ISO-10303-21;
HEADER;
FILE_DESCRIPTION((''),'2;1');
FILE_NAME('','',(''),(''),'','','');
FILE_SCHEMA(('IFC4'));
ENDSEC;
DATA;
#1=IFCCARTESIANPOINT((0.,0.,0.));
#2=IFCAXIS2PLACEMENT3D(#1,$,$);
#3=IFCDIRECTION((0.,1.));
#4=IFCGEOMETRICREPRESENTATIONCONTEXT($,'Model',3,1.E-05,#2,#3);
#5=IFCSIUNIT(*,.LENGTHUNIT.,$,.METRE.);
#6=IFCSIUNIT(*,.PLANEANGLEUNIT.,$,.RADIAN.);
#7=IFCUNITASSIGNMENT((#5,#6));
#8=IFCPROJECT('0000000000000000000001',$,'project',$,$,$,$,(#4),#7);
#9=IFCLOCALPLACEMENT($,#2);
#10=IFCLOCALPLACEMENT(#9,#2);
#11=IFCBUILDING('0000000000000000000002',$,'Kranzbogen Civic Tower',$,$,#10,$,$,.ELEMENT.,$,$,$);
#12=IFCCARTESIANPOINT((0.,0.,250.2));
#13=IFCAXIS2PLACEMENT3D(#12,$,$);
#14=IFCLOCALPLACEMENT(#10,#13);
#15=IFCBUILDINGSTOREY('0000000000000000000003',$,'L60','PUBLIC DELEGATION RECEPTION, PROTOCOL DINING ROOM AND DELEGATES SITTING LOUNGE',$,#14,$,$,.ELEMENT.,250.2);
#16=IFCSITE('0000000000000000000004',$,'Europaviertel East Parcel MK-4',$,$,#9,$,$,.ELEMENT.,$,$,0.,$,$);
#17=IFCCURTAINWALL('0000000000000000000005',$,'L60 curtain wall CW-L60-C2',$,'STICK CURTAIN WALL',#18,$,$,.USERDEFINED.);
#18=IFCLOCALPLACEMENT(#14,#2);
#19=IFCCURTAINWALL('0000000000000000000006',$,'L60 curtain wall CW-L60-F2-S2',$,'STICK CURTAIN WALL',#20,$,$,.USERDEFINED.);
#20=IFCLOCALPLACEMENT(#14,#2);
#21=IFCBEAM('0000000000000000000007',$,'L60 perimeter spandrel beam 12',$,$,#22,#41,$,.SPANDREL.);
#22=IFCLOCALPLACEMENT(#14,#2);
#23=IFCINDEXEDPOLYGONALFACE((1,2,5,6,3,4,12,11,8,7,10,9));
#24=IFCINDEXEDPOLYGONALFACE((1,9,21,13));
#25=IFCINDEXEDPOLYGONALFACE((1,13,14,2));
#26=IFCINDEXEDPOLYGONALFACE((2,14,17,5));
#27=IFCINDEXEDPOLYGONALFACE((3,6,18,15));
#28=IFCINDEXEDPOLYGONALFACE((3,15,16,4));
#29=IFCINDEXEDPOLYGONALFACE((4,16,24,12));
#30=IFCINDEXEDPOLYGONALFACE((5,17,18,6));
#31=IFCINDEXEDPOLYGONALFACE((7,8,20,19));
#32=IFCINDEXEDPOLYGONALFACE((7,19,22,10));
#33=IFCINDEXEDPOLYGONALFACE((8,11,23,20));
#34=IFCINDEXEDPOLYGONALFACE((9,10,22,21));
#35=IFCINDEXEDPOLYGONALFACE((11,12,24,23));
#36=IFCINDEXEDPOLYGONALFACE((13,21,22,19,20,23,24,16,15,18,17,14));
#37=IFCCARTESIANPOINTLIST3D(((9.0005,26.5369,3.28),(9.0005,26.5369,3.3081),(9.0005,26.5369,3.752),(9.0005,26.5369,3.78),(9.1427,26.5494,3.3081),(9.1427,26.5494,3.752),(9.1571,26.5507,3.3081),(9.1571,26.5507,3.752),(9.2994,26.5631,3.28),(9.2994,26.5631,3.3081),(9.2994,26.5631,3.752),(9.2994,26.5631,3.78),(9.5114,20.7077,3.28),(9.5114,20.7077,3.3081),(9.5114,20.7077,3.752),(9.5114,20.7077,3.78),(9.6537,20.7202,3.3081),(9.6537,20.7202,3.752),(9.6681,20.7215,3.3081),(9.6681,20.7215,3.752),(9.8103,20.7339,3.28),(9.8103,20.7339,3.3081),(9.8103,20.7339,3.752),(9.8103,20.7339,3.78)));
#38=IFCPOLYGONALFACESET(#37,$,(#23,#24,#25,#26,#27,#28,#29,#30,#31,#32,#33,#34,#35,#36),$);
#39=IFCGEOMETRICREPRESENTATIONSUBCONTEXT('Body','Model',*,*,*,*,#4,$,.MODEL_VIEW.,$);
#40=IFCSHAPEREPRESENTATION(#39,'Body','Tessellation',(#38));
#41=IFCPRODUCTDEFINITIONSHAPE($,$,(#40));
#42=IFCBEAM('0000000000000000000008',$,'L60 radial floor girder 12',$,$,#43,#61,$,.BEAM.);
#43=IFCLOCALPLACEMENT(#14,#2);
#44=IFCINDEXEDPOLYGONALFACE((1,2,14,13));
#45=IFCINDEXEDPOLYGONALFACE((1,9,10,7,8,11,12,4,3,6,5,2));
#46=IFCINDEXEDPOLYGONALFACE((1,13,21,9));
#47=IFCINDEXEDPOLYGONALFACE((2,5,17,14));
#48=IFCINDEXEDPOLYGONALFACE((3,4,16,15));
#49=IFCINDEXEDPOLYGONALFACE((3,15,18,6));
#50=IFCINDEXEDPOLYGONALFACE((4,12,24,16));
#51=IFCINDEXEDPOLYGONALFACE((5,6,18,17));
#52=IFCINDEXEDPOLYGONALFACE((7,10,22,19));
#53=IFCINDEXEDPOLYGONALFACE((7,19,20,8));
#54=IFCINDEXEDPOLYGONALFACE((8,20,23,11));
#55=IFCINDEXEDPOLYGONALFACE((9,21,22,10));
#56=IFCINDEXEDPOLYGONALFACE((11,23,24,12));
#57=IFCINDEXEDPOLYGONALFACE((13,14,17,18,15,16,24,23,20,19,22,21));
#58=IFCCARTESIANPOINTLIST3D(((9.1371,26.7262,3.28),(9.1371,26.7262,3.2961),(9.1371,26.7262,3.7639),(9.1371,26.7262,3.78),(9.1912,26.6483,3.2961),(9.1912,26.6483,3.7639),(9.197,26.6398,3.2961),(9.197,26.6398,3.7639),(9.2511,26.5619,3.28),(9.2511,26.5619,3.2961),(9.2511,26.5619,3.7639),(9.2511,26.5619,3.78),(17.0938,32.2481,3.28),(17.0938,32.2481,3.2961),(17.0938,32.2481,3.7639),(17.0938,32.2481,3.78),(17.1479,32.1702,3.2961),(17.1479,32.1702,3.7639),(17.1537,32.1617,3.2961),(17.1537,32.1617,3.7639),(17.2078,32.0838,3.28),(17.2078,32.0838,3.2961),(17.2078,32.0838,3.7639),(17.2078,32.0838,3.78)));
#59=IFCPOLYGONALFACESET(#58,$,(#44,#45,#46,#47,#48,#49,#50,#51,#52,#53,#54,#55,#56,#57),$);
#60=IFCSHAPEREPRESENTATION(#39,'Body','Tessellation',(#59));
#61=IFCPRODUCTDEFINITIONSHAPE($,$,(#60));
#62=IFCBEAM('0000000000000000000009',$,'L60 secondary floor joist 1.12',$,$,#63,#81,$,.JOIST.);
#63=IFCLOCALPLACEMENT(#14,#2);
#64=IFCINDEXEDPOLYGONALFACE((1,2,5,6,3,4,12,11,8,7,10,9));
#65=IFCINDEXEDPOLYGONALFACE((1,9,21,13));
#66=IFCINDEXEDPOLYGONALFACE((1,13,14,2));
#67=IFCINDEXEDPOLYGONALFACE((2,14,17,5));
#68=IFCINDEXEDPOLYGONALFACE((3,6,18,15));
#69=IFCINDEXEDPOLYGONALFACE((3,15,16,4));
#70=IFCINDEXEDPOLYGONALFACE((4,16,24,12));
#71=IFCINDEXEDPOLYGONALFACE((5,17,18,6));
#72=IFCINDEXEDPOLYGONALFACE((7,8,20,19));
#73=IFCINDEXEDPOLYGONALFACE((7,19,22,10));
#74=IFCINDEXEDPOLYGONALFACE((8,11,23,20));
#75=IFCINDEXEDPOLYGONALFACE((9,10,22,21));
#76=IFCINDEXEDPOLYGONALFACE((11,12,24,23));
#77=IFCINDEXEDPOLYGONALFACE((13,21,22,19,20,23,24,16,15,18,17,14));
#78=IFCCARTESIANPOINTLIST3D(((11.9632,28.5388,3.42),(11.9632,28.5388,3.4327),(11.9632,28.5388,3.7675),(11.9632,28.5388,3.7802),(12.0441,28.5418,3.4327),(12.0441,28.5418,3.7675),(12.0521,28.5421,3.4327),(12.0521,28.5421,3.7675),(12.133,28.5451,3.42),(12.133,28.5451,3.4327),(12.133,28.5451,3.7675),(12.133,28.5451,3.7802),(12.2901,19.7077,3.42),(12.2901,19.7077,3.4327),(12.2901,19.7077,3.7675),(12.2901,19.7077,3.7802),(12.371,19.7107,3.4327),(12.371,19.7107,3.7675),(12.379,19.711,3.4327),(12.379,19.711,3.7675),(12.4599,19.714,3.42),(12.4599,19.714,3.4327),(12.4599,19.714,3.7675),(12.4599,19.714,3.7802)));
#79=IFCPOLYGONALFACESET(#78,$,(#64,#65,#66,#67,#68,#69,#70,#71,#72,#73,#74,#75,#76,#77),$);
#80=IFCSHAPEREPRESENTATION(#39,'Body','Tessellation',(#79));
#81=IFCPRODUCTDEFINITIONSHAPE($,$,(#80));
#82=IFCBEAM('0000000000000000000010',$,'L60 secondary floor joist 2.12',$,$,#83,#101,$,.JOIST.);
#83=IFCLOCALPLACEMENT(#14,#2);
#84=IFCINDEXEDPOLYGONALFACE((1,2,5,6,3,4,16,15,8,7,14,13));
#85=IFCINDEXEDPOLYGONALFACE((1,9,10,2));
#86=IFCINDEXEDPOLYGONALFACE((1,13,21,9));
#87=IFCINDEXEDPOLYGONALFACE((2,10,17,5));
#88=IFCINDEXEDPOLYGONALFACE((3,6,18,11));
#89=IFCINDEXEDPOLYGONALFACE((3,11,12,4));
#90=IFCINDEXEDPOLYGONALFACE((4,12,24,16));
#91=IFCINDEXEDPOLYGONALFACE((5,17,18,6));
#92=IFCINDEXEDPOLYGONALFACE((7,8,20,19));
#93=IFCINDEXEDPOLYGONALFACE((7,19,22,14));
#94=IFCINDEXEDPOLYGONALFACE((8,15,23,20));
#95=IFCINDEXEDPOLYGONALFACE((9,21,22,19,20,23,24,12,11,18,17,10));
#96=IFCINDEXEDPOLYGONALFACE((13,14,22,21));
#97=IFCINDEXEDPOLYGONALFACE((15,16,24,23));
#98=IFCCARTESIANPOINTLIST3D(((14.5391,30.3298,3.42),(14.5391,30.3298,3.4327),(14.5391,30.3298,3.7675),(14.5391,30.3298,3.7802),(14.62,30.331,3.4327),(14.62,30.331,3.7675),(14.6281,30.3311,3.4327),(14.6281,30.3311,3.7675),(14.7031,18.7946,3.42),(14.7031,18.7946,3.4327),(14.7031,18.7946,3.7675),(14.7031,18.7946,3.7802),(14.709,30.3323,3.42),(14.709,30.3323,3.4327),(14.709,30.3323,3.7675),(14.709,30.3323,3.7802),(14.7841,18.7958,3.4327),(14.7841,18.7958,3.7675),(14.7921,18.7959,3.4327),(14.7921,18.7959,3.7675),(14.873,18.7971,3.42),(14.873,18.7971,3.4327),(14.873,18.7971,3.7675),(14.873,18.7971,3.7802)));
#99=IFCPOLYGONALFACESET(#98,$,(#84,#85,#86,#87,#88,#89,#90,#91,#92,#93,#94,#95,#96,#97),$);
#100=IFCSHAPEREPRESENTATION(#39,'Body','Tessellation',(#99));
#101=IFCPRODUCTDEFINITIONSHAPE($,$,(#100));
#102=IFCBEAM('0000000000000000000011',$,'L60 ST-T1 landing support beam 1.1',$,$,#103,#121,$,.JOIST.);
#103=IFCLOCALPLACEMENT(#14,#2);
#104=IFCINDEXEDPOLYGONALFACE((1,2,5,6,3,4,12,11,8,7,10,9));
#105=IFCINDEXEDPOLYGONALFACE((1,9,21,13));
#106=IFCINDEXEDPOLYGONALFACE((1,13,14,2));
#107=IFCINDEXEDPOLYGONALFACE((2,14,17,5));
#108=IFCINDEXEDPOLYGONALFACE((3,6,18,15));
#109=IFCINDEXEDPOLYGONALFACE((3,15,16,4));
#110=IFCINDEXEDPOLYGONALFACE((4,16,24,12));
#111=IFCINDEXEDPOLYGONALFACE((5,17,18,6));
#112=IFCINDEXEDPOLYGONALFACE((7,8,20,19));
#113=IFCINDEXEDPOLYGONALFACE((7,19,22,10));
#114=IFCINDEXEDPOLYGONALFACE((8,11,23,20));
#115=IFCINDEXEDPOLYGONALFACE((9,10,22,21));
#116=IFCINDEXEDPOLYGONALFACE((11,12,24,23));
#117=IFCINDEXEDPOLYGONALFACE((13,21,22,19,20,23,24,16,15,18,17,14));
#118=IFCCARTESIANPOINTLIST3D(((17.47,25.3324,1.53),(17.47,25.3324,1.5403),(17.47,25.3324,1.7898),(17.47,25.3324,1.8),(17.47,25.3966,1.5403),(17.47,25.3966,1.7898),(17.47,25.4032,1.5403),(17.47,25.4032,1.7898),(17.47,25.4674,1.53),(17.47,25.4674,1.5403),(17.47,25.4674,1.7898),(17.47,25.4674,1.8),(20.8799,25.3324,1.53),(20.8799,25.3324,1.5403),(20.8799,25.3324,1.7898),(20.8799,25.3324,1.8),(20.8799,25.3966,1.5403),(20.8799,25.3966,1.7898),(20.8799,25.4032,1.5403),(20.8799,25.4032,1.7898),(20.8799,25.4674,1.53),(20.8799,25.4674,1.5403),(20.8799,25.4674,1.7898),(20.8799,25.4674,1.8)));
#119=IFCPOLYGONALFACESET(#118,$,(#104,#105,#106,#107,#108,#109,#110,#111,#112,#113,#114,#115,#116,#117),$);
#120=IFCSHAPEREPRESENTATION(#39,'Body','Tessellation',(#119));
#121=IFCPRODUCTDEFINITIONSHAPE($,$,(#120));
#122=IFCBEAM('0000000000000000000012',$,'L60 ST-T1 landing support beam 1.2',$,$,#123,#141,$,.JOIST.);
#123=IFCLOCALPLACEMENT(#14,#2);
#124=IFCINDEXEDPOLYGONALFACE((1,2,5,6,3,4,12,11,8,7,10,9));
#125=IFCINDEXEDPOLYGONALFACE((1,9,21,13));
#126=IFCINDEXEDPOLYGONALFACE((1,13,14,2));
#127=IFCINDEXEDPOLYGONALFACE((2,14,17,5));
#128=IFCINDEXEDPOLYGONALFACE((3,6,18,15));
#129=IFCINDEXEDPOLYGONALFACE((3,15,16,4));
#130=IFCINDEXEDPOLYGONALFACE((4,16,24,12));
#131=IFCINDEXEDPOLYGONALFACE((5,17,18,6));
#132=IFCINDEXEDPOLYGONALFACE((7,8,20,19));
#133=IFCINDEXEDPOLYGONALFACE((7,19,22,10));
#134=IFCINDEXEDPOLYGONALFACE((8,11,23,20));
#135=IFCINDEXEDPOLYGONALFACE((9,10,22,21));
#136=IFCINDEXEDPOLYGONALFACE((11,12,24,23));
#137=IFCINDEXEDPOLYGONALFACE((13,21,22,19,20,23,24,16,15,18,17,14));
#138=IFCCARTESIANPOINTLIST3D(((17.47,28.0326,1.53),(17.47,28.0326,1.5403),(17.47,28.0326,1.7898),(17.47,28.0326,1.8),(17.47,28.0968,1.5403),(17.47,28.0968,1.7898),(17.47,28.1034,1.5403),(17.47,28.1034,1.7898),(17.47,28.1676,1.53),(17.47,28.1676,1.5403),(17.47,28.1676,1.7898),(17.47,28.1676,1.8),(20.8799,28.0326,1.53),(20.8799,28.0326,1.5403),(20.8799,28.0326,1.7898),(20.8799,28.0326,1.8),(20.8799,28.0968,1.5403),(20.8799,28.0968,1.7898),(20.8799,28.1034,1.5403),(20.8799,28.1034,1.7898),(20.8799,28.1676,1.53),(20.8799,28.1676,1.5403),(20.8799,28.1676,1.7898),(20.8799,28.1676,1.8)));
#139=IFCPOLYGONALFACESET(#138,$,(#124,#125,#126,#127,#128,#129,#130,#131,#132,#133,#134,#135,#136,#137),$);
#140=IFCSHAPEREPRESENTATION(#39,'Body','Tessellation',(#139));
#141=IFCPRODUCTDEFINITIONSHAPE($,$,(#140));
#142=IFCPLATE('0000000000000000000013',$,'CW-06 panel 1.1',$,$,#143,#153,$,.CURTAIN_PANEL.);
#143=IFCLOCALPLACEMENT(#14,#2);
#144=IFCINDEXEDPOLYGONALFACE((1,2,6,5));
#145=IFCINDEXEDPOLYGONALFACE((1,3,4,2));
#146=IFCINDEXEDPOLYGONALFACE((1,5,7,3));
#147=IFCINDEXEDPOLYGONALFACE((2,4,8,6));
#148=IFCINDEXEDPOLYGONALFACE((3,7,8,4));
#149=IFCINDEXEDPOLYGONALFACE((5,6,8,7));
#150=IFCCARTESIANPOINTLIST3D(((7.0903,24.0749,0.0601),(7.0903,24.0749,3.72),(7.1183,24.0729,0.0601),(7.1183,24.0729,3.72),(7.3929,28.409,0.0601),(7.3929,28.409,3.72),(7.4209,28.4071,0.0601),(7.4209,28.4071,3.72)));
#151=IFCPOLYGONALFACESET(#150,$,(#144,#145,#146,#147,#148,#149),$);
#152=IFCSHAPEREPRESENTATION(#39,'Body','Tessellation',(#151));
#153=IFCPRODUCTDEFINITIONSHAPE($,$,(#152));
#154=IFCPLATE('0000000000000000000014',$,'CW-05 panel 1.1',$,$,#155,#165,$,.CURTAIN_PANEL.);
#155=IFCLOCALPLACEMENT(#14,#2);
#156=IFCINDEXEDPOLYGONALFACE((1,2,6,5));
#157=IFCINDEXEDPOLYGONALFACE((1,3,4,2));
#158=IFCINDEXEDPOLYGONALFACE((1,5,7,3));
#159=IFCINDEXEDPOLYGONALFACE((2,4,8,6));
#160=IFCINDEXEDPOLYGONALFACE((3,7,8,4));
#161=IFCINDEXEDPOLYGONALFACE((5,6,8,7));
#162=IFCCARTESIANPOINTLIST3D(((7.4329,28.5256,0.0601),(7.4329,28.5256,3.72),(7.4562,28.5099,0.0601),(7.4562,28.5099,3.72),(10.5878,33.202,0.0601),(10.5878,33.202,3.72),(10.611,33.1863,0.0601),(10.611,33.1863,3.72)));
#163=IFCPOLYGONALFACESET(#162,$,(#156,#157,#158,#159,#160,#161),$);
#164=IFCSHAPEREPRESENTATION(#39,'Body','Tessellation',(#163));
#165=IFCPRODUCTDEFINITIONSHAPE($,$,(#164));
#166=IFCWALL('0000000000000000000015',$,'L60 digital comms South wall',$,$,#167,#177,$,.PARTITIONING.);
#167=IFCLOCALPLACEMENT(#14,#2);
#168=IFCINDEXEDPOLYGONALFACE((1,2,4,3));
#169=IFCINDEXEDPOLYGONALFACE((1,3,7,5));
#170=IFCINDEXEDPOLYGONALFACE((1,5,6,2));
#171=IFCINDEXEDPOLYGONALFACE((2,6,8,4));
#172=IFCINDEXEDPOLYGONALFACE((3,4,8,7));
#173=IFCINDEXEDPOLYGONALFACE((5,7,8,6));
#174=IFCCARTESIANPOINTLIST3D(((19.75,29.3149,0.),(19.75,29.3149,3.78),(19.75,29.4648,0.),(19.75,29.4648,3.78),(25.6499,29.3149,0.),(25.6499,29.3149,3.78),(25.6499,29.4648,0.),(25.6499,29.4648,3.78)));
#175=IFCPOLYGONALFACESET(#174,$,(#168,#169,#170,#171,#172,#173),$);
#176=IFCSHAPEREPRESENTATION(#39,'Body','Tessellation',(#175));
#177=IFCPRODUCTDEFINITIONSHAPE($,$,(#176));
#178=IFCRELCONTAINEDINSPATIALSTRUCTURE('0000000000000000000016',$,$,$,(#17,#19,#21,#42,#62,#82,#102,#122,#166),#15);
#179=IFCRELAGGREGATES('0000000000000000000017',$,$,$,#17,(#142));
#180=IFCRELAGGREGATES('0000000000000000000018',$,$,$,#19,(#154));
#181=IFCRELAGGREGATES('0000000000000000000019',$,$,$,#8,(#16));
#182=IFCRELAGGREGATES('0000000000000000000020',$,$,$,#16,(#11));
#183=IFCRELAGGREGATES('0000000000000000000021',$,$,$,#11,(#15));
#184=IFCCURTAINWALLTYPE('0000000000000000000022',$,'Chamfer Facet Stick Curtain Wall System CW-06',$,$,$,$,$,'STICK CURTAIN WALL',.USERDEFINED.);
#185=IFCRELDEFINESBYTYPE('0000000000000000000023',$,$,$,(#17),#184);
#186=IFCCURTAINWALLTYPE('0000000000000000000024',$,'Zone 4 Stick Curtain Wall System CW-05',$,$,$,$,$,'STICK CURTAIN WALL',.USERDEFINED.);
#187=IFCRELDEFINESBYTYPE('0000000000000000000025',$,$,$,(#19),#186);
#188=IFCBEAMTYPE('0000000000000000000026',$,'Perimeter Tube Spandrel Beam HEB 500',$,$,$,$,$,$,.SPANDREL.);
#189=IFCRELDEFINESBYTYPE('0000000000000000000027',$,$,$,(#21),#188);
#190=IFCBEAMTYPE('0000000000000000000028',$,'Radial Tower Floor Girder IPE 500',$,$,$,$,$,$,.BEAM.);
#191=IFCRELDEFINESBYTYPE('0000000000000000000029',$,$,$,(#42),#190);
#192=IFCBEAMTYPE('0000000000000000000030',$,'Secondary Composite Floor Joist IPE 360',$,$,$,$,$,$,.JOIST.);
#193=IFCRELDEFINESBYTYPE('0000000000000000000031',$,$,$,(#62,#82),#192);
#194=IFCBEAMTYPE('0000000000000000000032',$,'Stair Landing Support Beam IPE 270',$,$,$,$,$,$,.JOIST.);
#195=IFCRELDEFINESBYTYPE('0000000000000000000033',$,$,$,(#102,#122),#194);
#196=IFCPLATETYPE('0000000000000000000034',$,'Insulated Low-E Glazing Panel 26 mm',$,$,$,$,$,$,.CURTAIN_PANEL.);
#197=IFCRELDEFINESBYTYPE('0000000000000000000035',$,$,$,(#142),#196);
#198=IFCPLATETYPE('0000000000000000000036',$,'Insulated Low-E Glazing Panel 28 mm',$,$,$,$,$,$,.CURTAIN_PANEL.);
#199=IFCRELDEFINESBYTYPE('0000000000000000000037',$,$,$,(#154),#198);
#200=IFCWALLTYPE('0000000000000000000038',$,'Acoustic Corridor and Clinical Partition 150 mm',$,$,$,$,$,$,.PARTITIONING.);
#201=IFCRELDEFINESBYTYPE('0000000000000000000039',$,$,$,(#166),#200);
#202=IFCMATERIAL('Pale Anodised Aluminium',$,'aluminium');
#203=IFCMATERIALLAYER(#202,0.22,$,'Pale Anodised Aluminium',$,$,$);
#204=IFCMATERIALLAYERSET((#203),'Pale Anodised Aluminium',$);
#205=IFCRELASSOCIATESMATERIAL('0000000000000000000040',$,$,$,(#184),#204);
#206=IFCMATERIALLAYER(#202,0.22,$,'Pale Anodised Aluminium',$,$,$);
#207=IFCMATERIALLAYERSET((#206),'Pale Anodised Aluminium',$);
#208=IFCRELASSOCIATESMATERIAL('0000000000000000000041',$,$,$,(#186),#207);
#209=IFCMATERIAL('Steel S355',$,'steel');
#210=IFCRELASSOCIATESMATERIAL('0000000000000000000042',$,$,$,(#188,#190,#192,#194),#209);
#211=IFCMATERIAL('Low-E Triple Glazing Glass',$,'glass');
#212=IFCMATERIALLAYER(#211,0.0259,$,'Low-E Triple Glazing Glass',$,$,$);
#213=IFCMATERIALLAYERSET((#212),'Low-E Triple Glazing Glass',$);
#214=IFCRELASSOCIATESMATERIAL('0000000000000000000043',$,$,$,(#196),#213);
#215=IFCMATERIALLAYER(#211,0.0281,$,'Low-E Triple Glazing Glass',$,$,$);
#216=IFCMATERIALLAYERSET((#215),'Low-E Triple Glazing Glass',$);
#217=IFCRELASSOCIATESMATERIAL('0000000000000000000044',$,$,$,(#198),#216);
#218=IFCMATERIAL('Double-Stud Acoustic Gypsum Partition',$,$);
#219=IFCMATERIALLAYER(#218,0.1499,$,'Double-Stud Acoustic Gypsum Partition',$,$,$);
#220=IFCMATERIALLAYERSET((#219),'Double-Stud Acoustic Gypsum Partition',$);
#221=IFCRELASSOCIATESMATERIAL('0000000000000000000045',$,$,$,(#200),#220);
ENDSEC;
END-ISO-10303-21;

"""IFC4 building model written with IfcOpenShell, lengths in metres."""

from ifc_helpers import new_model, si_unit, direction, frame, frame_2d, origin, origin_2d, place, context, subcontext, project, spatial, rectangle, i_section, extrude, material, layer, layer_set, material_profile, profile_set, type_object, element, aggregate, save


model = new_model("IFC4")

# Units and contexts
model_context = context("Model", 3, precision=1e-05, world=origin(), true_north=direction((0.0, 1.0)))
body_context = subcontext(model_context, "Body", "Model", "MODEL_VIEW")
ifc_project = project(units=[si_unit("LENGTHUNIT", "METRE"), si_unit("PLANEANGLEUNIT", "RADIAN")], contexts=[model_context])

# Site, building, storey
site_placement = place(None, origin())
site = spatial("IfcSite", under=ifc_project, at=site_placement, Name="Europaviertel East Parcel MK-4", CompositionType="ELEMENT", RefElevation=0.0)
building_placement = place(site_placement, origin())
building = spatial("IfcBuilding", under=site, at=building_placement, Name="Kranzbogen Civic Tower", CompositionType="ELEMENT")
storey_placement = place(building_placement, frame((0.0, 0.0, 250.2)))
storey = spatial("IfcBuildingStorey", under=building, at=storey_placement, Name="L60", Description="PUBLIC DELEGATION RECEPTION, PROTOCOL DINING ROOM AND DELEGATES SITTING LOUNGE", CompositionType="ELEMENT", Elevation=250.2)

# Shared definitions
ifc_material_1 = material(Name="Steel S355", Category="steel")

# Curtain wall
ifc_material_2 = material(Name="Pale Anodised Aluminium", Category="aluminium")
ifc_layer_1 = layer(ifc_material_2, 0.22, Name="Pale Anodised Aluminium")
ifc_layer_set_1 = layer_set([ifc_layer_1], Name="Pale Anodised Aluminium")
curtain_wall_type_1 = type_object("IfcCurtainWallType", Name="Chamfer Facet Stick Curtain Wall System CW-06", ElementType="STICK CURTAIN WALL", PredefinedType="USERDEFINED", material=ifc_layer_set_1)
curtain_wall_1_placement = place(storey_placement, origin())
curtain_wall_1 = element("IfcCurtainWall", 1, at=curtain_wall_1_placement, inside=storey, type_object=curtain_wall_type_1, Name="L60 curtain wall CW-L60-C2", ObjectType="STICK CURTAIN WALL", PredefinedType="USERDEFINED")

# Curtain wall
ifc_layer_2 = layer(ifc_material_2, 0.22, Name="Pale Anodised Aluminium")
ifc_layer_set_2 = layer_set([ifc_layer_2], Name="Pale Anodised Aluminium")
curtain_wall_type_2 = type_object("IfcCurtainWallType", Name="Zone 4 Stick Curtain Wall System CW-05", ElementType="STICK CURTAIN WALL", PredefinedType="USERDEFINED", material=ifc_layer_set_2)
curtain_wall_2_placement = place(storey_placement, origin())
curtain_wall_2 = element("IfcCurtainWall", 2, at=curtain_wall_2_placement, inside=storey, type_object=curtain_wall_type_2, Name="L60 curtain wall CW-L60-F2-S2", ObjectType="STICK CURTAIN WALL", PredefinedType="USERDEFINED")

# Beams
ifc_material_profile_1 = material_profile(ifc_material_1, i_section(OverallWidth=0.3, OverallDepth=0.5, WebThickness=0.0144, FlangeThickness=0.0281, at=origin_2d()), Name="HEB 500")
ifc_profile_set_1 = profile_set([ifc_material_profile_1], Name="Steel S355")
beam_type_1 = type_object("IfcBeamType", Name="Perimeter Tube Spandrel Beam HEB 500", PredefinedType="SPANDREL", material=ifc_profile_set_1)
beam_1_placement = place(storey_placement, frame((9.1499, 26.55, 3.53), z_axis=(0.087326, -0.99618, 0.0), x_axis=(0.99618, 0.087326, 0.0)))
element("IfcBeam", 3, at=beam_1_placement, inside=storey, type_object=beam_type_1, Name="L60 perimeter spandrel beam 12", PredefinedType="SPANDREL", context=body_context, shape_type="SweptSolid", body=[
    extrude(i_section(OverallWidth=0.3, OverallDepth=0.5, WebThickness=0.0144, FlangeThickness=0.0281, at=origin_2d()), origin(), (0.0, 0.0, 1.0), 5.8516),
])
ifc_material_profile_2 = material_profile(ifc_material_1, i_section(OverallWidth=0.2, OverallDepth=0.5, WebThickness=0.0103, FlangeThickness=0.0161, at=origin_2d()), Name="IPE 500")
ifc_profile_set_2 = profile_set([ifc_material_profile_2], Name="Steel S355")
beam_type_2 = type_object("IfcBeamType", Name="Radial Tower Floor Girder IPE 500", PredefinedType="BEAM", material=ifc_profile_set_2)
beam_2_placement = place(storey_placement, frame((9.1941, 26.644, 3.53), z_axis=(0.821543, 0.570147, 0.0), x_axis=(-0.570147, 0.821543, 0.0)))
element("IfcBeam", 4, at=beam_2_placement, inside=storey, type_object=beam_type_2, Name="L60 radial floor girder 12", PredefinedType="BEAM", context=body_context, shape_type="SweptSolid", body=[
    extrude(i_section(OverallWidth=0.2, OverallDepth=0.5, WebThickness=0.0103, FlangeThickness=0.0161, at=origin_2d()), origin(), (0.0, 0.0, 1.0), 9.6851),
])
ifc_material_profile_3 = material_profile(ifc_material_1, i_section(OverallWidth=0.1699, OverallDepth=0.3601, WebThickness=0.0081, FlangeThickness=0.0127, at=origin_2d()), Name="IPE 360")
ifc_profile_set_3 = profile_set([ifc_material_profile_3], Name="Steel S355")
beam_type_3 = type_object("IfcBeamType", Name="Secondary Composite Floor Joist IPE 360", PredefinedType="JOIST", material=ifc_profile_set_3)
beam_3_placement = place(storey_placement, frame((12.0481, 28.542, 3.6001), z_axis=(0.036992, -0.999316, 0.0), x_axis=(0.999316, 0.036992, 0.0)))
element("IfcBeam", 5, at=beam_3_placement, inside=storey, type_object=beam_type_3, Name="L60 secondary floor joist 1.12", PredefinedType="JOIST", context=body_context, shape_type="SweptSolid", body=[
    extrude(i_section(OverallWidth=0.1699, OverallDepth=0.3601, WebThickness=0.0081, FlangeThickness=0.0127, at=origin_2d()), origin(), (0.0, 0.0, 1.0), 8.8372),
])
beam_4_placement = place(storey_placement, frame((14.624, 30.3311, 3.6001), z_axis=(0.014221, -0.999899, 0.0), x_axis=(0.999899, 0.014221, 0.0)))
element("IfcBeam", 6, at=beam_4_placement, inside=storey, type_object=beam_type_3, Name="L60 secondary floor joist 2.12", PredefinedType="JOIST", context=body_context, shape_type="SweptSolid", body=[
    extrude(i_section(OverallWidth=0.1699, OverallDepth=0.3601, WebThickness=0.0081, FlangeThickness=0.0127, at=origin_2d()), origin(), (0.0, 0.0, 1.0), 11.5364),
])
ifc_material_profile_4 = material_profile(ifc_material_1, i_section(OverallWidth=0.135, OverallDepth=0.27, WebThickness=0.0066, FlangeThickness=0.0103, at=origin_2d()), Name="IPE 270")
ifc_profile_set_4 = profile_set([ifc_material_profile_4], Name="Steel S355")
beam_type_4 = type_object("IfcBeamType", Name="Stair Landing Support Beam IPE 270", PredefinedType="JOIST", material=ifc_profile_set_4)
for number, where, z_axis, x_axis, name in (
    (7, (20.8799, 25.3999, 1.665), (-1.0, 0.0, 0.0), (0.0, -1.0, 0.0), "L60 ST-T1 landing support beam 1.1"),
    (8, (20.8799, 28.1001, 1.665), (-1.0, 0.0, 0.0), (0.0, -1.0, 0.0), "L60 ST-T1 landing support beam 1.2"),
):
    element("IfcBeam", number, at=place(storey_placement, frame(where, z_axis=z_axis, x_axis=x_axis)), inside=storey, type_object=beam_type_4, Name=name, PredefinedType="JOIST", context=body_context, shape_type="SweptSolid", body=[
        extrude(i_section(OverallWidth=0.135, OverallDepth=0.27, WebThickness=0.0066, FlangeThickness=0.0103, at=origin_2d()), origin(), (0.0, 0.0, 1.0), 3.4099),
    ])

# Plates
ifc_material_3 = material(Name="Low-E Triple Glazing Glass", Category="glass")
ifc_layer_3 = layer(ifc_material_3, 0.0259, Name="Low-E Triple Glazing Glass")
ifc_layer_set_3 = layer_set([ifc_layer_3], Name="Low-E Triple Glazing Glass")
plate_type_1 = type_object("IfcPlateType", Name="Insulated Low-E Glazing Panel 26 mm", PredefinedType="CURTAIN_PANEL", material=ifc_layer_set_3)
plate_1_placement = place(storey_placement, frame((7.2556, 26.241, 0.0601), z_axis=(0.0, 0.0, 1.0), x_axis=(-0.069655, -0.997571, 0.0)))
plate_1 = element("IfcPlate", 9, at=plate_1_placement, type_object=plate_type_1, Name="CW-06 panel 1.1", PredefinedType="CURTAIN_PANEL", context=body_context, shape_type="SweptSolid", body=[
    extrude(rectangle(XDim=4.3447, YDim=0.0281, at=origin_2d()), origin(), (0.0, 0.0, 1.0), 3.6599),
])
aggregate(curtain_wall_1, [plate_1])
ifc_layer_4 = layer(ifc_material_3, 0.0281, Name="Low-E Triple Glazing Glass")
ifc_layer_set_4 = layer_set([ifc_layer_4], Name="Low-E Triple Glazing Glass")
plate_type_2 = type_object("IfcPlateType", Name="Insulated Low-E Glazing Panel 28 mm", PredefinedType="CURTAIN_PANEL", material=ifc_layer_set_4)
plate_2_placement = place(storey_placement, frame((9.022, 30.856, 0.0601), z_axis=(0.0, 0.0, 1.0), x_axis=(-0.559258, -0.828994, 0.0)))
plate_2 = element("IfcPlate", 10, at=plate_2_placement, type_object=plate_type_2, Name="CW-05 panel 1.1", PredefinedType="CURTAIN_PANEL", context=body_context, shape_type="SweptSolid", body=[
    extrude(rectangle(XDim=5.6411, YDim=0.0281, at=origin_2d()), origin(), (0.0, 0.0, 1.0), 3.6599),
])
aggregate(curtain_wall_2, [plate_2])

# Wall
ifc_material_4 = material(Name="Double-Stud Acoustic Gypsum Partition")
ifc_layer_5 = layer(ifc_material_4, 0.1499, Name="Double-Stud Acoustic Gypsum Partition")
ifc_layer_set_5 = layer_set([ifc_layer_5], Name="Double-Stud Acoustic Gypsum Partition")
wall_type_1 = type_object("IfcWallType", Name="Acoustic Corridor and Clinical Partition 150 mm", PredefinedType="PARTITIONING", material=ifc_layer_set_5)
wall_1_placement = place(storey_placement, frame((19.75, 29.3899, 0.0), z_axis=(0.0, 0.0, 1.0), x_axis=(1.0, 0.0, 0.0)))
element("IfcWall", 11, at=wall_1_placement, inside=storey, type_object=wall_type_1, Name="L60 digital comms South wall", PredefinedType="PARTITIONING", context=body_context, shape_type="SweptSolid", body=[
    extrude(rectangle(XDim=5.8999, YDim=0.1499, at=frame_2d((2.95, 0.0))), origin(), (0.0, 0.0, 1.0), 3.78),
])

save(model, "model.ifc")
